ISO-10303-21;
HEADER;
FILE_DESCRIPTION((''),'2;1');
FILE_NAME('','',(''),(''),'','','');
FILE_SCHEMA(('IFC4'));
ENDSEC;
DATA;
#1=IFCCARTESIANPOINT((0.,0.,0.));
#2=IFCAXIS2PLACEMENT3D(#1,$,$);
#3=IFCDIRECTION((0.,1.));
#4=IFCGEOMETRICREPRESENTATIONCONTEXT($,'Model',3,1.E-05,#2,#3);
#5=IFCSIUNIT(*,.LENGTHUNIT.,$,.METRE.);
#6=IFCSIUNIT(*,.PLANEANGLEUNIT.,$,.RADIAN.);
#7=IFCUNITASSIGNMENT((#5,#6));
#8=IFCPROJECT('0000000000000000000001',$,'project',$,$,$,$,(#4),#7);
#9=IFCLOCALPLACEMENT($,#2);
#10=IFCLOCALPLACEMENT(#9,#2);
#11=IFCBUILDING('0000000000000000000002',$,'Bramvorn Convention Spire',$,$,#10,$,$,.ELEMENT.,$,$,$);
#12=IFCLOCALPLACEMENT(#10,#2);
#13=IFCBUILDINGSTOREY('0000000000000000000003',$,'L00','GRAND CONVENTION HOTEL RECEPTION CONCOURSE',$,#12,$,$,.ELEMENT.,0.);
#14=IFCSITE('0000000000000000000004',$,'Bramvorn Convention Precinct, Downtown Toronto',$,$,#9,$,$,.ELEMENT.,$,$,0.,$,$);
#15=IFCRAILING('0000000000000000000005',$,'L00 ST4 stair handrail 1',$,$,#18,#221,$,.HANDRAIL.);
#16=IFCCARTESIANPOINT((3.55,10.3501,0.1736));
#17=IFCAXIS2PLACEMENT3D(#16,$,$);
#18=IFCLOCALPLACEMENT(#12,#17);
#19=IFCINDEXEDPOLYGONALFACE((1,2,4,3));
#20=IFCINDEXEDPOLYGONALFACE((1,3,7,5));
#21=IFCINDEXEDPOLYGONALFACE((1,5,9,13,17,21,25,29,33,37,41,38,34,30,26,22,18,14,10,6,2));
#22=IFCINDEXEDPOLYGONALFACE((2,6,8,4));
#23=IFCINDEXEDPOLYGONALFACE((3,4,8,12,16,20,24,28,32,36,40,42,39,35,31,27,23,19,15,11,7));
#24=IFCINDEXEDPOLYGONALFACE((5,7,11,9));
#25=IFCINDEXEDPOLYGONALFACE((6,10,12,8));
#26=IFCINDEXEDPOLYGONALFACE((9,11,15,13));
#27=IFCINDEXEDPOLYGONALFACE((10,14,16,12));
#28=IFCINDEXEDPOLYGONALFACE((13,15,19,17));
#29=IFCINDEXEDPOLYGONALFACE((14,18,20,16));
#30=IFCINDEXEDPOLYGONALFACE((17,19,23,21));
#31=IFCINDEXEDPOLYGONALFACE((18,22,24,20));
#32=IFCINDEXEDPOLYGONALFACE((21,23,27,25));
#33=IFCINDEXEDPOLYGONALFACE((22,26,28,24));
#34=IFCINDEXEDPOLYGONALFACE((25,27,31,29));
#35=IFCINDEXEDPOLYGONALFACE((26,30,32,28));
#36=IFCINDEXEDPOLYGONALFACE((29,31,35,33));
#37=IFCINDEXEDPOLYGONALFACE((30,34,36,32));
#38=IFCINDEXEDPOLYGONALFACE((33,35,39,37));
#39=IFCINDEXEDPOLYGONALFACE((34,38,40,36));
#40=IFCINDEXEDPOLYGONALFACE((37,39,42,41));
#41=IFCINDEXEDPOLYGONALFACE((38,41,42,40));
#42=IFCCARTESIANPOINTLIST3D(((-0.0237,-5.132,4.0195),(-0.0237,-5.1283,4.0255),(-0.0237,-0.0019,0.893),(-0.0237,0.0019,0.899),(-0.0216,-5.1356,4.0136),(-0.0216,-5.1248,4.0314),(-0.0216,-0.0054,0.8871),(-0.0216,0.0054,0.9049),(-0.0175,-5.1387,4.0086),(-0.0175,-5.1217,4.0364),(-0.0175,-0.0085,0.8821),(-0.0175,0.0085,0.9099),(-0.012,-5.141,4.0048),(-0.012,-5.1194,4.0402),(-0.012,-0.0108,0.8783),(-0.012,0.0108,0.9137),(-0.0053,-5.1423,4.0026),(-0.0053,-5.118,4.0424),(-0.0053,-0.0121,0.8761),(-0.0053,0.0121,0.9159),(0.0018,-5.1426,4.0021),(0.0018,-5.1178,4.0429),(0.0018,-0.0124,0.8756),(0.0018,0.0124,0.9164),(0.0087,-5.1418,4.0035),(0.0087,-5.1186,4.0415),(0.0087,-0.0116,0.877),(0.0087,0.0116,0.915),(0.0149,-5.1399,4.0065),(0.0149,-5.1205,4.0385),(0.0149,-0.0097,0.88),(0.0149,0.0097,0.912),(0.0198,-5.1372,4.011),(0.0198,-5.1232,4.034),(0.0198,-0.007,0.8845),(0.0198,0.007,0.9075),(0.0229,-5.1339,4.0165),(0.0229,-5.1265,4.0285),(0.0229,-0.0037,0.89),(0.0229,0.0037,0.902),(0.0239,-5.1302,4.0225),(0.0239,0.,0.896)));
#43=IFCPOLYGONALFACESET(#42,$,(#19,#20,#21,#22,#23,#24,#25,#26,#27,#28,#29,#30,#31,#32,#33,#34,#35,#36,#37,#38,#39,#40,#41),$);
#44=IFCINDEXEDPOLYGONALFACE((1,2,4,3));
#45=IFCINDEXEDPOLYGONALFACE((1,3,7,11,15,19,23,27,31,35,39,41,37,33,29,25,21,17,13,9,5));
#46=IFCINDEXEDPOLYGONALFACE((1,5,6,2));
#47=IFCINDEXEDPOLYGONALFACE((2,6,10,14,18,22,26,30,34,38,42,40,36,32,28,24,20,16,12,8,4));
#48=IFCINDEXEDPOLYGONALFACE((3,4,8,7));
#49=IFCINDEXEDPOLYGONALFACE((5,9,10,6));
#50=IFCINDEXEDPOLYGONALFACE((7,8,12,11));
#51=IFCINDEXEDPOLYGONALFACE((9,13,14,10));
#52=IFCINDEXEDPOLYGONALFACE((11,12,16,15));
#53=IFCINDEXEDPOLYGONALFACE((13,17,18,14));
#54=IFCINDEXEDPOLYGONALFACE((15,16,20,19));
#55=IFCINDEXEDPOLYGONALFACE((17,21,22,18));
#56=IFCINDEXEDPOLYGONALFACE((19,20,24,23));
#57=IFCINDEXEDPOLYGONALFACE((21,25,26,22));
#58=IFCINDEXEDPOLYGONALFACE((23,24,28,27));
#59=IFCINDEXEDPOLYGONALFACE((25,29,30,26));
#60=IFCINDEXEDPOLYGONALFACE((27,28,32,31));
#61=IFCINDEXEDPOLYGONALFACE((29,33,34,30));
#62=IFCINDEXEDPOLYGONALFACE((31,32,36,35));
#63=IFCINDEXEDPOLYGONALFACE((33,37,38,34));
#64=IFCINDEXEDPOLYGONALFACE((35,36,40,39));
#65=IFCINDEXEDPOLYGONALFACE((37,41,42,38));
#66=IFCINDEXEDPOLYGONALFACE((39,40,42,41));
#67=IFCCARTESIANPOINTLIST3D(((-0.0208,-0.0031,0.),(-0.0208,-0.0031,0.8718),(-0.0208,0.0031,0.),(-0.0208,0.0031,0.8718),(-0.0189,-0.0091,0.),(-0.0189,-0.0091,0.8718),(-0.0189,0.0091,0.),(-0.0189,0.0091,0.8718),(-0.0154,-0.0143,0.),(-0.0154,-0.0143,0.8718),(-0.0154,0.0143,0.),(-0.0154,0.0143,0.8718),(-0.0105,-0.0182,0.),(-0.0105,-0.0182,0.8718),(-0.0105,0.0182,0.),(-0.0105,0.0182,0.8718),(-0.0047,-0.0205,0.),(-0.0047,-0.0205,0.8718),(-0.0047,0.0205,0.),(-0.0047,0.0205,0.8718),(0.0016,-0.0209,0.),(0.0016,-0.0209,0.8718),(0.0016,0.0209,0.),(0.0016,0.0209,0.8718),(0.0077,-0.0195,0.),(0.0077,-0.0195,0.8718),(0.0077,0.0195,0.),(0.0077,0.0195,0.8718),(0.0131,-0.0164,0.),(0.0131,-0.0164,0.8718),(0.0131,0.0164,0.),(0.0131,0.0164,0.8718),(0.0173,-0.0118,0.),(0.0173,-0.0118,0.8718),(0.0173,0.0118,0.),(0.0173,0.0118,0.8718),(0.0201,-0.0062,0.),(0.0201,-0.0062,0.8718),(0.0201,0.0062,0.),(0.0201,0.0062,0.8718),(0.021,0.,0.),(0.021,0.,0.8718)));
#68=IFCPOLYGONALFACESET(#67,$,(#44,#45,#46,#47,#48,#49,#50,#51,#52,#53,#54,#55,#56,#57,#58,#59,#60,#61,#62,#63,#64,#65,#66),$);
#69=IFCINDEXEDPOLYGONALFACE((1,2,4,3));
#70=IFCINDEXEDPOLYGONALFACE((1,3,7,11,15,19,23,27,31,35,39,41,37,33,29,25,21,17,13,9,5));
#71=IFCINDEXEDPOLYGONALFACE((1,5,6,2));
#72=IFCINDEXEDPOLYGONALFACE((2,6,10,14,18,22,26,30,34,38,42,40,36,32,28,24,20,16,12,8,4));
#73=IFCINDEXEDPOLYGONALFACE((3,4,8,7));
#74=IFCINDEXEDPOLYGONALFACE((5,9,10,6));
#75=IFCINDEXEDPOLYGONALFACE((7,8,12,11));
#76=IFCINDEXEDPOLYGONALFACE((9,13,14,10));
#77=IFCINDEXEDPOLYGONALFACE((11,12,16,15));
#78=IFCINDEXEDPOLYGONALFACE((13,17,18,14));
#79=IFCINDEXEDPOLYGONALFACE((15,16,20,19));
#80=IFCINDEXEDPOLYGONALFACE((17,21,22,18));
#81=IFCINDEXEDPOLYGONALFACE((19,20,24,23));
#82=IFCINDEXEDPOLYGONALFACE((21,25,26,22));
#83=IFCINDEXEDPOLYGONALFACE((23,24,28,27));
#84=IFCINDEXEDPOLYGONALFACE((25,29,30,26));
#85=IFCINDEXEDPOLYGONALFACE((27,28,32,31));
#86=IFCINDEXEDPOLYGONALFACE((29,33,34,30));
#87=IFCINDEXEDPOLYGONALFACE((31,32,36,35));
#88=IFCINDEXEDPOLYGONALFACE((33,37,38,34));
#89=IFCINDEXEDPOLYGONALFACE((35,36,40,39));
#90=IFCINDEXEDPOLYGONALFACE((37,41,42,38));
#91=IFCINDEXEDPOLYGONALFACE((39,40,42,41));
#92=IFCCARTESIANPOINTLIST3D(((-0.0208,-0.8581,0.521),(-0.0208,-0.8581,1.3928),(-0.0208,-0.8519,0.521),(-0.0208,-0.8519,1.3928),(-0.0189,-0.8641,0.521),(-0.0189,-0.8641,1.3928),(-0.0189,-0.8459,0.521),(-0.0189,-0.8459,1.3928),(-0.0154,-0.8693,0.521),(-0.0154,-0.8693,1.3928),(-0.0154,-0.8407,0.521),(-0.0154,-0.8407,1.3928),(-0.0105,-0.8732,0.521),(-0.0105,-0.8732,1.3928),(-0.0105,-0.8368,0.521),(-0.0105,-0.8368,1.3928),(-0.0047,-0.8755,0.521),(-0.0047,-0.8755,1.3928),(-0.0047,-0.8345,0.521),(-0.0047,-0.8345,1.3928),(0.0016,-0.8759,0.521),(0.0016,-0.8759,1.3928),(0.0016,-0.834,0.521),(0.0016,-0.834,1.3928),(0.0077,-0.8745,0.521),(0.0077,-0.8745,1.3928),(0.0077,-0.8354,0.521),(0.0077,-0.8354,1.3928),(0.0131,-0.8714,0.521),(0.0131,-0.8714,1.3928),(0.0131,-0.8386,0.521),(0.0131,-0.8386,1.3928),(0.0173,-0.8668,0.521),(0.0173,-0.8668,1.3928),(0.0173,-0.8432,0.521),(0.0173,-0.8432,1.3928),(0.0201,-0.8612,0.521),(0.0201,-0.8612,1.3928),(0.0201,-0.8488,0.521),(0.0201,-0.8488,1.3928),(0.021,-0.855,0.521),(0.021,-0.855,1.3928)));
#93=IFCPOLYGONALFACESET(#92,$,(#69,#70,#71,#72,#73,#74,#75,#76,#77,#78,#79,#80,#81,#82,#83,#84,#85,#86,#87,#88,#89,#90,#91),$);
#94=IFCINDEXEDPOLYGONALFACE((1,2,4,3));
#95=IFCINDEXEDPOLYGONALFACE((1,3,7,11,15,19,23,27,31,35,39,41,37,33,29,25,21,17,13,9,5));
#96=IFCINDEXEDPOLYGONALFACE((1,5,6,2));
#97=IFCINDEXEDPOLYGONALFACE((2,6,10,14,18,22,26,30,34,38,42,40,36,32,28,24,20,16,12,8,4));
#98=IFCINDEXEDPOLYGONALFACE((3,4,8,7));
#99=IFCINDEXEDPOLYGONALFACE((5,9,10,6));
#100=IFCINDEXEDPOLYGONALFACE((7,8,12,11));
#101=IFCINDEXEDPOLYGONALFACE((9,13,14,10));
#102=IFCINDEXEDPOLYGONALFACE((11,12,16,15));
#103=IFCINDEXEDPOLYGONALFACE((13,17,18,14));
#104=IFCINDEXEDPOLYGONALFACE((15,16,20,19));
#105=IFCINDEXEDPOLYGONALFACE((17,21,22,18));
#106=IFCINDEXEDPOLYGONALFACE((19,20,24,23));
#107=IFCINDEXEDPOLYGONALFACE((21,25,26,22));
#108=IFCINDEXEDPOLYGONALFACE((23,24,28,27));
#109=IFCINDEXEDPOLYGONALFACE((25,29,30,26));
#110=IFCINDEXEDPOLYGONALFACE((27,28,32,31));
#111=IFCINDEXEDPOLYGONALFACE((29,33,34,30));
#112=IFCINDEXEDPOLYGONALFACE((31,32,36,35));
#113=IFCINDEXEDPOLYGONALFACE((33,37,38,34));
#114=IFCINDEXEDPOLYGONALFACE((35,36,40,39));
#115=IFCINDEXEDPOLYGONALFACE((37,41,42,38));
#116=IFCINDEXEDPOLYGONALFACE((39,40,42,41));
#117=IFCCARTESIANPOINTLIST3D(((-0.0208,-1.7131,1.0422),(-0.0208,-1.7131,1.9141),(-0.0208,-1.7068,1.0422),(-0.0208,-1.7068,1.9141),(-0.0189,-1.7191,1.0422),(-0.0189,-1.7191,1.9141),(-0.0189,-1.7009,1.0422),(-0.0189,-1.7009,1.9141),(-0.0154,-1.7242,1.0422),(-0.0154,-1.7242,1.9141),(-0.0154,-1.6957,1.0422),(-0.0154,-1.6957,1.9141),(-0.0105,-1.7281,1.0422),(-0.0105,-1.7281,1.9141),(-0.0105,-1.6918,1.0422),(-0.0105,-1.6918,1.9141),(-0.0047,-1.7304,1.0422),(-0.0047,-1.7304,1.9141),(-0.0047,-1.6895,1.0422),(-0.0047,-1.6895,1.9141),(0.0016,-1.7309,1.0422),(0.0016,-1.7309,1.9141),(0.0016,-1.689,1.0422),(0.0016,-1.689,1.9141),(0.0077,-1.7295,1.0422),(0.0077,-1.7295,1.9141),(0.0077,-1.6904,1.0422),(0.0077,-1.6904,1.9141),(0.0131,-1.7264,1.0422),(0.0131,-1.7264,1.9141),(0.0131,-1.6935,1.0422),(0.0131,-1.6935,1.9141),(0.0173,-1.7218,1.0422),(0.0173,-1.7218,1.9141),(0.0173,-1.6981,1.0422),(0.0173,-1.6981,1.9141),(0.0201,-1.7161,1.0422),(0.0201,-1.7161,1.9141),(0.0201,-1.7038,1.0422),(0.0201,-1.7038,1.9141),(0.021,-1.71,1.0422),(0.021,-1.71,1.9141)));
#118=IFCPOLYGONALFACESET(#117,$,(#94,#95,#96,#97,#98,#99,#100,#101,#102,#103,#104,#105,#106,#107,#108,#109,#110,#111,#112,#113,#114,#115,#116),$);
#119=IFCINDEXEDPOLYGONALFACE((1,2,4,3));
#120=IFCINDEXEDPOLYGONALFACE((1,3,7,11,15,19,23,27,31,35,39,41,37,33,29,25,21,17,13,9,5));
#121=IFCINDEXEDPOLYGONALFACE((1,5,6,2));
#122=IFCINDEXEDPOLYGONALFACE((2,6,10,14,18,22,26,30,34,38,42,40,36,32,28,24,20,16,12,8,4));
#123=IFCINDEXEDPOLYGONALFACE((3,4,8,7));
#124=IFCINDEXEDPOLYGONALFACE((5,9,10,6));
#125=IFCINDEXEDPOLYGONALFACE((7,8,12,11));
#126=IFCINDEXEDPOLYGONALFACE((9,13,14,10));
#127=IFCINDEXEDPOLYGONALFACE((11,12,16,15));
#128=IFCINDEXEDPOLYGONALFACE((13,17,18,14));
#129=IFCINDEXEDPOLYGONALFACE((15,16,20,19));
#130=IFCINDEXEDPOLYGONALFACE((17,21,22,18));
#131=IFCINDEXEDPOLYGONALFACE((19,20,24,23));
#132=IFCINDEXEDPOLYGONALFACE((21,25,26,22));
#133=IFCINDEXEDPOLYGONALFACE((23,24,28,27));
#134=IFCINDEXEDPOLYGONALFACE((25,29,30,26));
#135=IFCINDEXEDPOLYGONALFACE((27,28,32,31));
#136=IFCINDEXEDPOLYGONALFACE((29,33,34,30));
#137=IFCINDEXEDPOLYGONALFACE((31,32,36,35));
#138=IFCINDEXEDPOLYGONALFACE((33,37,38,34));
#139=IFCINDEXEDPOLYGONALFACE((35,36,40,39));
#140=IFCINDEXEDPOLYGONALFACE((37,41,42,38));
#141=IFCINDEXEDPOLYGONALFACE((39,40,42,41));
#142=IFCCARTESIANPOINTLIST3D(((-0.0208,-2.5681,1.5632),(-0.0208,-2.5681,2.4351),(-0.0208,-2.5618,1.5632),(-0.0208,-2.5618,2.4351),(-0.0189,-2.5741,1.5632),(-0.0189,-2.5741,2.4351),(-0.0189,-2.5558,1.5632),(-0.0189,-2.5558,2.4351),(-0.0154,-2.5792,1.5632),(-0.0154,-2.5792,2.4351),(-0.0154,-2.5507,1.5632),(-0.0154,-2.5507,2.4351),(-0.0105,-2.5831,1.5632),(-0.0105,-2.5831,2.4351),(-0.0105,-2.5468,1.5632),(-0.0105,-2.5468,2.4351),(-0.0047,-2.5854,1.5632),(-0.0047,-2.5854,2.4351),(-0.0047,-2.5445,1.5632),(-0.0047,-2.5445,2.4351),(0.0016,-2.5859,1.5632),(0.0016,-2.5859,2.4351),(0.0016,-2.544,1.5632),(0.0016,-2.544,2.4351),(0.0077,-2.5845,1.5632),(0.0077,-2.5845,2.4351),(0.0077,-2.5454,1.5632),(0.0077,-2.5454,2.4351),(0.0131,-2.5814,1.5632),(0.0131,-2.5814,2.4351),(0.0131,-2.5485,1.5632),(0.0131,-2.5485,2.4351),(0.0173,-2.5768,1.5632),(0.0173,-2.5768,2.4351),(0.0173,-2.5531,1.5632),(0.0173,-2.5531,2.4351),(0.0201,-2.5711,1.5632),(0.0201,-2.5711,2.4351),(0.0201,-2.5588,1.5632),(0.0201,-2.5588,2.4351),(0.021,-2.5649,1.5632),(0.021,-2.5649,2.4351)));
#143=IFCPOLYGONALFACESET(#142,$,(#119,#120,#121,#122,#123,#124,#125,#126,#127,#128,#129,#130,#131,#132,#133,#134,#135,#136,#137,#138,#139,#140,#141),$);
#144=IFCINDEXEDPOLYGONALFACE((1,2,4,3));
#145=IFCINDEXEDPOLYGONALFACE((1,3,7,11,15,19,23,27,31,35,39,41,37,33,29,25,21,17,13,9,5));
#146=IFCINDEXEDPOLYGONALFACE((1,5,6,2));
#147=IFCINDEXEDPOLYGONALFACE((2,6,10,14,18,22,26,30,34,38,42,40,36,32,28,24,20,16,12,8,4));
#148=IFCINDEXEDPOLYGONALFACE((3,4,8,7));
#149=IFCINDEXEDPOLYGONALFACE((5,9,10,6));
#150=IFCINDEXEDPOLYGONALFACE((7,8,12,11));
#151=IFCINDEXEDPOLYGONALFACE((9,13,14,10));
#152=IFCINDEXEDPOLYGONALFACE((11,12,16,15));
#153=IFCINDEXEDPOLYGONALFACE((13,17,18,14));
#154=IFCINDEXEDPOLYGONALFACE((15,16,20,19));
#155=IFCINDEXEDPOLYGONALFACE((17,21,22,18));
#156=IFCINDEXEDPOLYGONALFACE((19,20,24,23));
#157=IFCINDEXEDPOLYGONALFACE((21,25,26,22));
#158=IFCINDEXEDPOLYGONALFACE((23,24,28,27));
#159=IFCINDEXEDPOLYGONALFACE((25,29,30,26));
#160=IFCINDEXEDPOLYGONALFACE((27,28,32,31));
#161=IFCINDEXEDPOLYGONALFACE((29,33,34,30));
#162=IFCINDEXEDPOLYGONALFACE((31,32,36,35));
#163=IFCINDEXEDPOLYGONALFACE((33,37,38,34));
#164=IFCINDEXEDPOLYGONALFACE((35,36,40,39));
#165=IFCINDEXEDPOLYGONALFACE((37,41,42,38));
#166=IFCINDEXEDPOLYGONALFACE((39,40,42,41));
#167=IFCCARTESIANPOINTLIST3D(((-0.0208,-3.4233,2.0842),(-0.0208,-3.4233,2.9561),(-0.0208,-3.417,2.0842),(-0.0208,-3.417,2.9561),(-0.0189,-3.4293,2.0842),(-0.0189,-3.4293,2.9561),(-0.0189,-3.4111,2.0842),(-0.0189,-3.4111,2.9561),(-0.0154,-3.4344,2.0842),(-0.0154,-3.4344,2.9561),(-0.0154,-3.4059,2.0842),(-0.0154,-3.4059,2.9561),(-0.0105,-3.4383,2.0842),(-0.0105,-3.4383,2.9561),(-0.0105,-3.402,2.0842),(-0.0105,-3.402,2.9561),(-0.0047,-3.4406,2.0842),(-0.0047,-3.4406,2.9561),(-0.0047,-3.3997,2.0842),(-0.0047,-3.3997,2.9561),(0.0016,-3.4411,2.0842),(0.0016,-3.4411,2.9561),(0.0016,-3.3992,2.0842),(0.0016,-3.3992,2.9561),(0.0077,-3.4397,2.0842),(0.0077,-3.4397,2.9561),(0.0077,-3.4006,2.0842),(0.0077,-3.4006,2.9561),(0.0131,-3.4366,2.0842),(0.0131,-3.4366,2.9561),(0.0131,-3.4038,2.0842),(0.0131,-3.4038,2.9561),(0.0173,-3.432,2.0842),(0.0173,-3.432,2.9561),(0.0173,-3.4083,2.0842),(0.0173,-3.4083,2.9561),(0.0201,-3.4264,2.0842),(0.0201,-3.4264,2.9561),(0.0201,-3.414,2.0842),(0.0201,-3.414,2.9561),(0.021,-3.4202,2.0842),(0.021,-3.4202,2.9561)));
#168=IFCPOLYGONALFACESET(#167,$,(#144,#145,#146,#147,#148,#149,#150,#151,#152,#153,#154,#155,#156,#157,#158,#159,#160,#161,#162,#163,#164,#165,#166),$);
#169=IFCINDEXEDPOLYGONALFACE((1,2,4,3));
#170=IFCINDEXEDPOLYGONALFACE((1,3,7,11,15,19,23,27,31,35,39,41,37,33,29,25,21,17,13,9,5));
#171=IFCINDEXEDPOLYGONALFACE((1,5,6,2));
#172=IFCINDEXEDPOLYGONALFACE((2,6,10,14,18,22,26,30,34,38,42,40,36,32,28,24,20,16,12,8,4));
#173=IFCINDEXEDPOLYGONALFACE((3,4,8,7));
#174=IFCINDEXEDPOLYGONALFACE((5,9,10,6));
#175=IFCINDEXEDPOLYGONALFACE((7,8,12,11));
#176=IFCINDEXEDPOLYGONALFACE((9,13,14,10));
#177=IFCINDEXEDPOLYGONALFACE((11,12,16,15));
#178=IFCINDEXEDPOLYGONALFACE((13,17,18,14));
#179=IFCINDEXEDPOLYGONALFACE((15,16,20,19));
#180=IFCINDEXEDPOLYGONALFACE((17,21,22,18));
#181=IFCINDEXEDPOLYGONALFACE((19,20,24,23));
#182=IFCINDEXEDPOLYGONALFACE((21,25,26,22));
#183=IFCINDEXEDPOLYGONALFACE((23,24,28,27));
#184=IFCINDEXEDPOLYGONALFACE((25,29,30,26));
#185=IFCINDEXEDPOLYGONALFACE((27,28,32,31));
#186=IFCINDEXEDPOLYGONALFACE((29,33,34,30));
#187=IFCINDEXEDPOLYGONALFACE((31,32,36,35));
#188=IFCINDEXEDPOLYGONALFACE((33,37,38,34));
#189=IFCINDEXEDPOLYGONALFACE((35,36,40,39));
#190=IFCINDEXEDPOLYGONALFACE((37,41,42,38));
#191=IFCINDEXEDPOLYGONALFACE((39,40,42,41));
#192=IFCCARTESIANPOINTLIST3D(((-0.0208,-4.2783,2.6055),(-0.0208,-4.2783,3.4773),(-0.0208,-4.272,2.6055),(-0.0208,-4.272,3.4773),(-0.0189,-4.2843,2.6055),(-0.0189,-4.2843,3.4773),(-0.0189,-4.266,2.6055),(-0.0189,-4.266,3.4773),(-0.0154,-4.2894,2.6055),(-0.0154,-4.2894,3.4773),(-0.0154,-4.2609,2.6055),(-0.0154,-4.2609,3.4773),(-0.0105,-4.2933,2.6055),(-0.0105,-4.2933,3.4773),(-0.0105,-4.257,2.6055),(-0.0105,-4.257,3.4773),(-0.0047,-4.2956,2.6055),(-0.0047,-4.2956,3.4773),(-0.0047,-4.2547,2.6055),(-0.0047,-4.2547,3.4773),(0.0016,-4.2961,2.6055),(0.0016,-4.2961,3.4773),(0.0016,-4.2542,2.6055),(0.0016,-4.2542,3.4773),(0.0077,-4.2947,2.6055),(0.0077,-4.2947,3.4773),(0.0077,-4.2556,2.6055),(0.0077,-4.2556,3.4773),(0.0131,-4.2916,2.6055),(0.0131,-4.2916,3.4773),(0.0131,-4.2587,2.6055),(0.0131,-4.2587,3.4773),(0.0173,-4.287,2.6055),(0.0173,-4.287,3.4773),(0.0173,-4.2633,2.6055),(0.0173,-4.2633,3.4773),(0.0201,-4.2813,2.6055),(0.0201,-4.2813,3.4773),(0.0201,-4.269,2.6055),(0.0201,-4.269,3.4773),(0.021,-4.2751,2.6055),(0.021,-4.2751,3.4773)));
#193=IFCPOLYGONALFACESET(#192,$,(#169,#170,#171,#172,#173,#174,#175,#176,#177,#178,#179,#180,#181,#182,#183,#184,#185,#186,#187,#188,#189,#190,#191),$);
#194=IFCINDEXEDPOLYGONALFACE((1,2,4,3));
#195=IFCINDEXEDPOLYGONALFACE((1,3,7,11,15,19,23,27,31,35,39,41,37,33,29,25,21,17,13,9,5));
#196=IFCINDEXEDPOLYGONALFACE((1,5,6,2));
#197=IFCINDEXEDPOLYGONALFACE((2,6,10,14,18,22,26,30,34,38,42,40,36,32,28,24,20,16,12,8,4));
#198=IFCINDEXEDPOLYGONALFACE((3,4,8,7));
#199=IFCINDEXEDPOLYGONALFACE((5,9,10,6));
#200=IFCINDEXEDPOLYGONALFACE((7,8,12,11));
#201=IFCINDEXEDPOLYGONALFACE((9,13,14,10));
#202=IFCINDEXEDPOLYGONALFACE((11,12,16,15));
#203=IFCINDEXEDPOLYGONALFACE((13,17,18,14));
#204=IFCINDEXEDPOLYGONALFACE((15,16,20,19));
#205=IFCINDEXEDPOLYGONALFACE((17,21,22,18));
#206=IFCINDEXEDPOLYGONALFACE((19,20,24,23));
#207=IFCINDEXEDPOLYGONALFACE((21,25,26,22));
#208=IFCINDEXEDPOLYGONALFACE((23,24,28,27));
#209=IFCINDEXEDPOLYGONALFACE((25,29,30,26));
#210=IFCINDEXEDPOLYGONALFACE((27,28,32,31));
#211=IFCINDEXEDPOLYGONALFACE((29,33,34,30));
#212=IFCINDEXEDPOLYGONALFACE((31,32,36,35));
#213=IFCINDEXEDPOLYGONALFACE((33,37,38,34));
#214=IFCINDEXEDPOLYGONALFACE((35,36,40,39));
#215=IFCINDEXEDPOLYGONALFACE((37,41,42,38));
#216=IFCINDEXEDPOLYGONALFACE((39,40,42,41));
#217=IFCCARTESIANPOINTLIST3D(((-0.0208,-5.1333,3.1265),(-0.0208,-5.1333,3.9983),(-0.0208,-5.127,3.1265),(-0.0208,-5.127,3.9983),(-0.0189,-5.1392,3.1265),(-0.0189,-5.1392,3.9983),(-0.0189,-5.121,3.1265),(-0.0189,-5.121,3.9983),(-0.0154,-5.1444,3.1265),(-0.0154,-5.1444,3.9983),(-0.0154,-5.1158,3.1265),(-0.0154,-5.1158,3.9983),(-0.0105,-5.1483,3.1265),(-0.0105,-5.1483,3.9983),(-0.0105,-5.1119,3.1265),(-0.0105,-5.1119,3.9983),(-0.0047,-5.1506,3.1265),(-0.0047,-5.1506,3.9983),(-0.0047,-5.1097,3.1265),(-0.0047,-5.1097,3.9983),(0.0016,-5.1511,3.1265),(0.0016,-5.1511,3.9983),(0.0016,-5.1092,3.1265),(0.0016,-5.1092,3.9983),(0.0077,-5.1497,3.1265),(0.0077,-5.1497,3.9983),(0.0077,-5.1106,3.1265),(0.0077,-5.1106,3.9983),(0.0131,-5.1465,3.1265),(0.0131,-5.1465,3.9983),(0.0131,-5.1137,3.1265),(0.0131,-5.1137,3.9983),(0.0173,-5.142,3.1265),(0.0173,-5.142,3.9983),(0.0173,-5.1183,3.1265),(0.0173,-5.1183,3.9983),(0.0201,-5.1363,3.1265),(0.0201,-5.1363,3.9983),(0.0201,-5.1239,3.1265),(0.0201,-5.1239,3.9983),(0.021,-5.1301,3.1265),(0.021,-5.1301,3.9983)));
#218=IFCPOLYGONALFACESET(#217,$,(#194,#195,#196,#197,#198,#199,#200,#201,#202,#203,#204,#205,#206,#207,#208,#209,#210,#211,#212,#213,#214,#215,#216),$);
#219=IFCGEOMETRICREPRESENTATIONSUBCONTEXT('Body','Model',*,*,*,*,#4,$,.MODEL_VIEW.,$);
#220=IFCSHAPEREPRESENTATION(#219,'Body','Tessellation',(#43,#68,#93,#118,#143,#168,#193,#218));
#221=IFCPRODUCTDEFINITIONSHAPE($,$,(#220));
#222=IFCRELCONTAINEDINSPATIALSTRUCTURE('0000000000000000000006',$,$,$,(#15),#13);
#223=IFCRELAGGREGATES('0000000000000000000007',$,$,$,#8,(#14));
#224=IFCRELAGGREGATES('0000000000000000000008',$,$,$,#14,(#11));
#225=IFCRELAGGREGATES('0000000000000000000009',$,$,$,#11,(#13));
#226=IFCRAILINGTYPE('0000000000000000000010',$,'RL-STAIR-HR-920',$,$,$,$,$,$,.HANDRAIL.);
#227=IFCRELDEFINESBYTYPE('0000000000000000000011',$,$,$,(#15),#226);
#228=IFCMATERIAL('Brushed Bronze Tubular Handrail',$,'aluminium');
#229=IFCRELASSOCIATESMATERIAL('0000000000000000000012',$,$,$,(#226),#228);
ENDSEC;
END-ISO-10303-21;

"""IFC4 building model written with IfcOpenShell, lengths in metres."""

from ifc_helpers import new_model, si_unit, direction, frame, origin, origin_2d, place, context, subcontext, project, spatial, circle, extrude, material, type_object, element, save


model = new_model("IFC4")

# Units and contexts
model_context = context("Model", 3, precision=1e-05, world=origin(), true_north=direction((0.0, 1.0)))
body_context = subcontext(model_context, "Body", "Model", "MODEL_VIEW")
ifc_project = project(units=[si_unit("LENGTHUNIT", "METRE"), si_unit("PLANEANGLEUNIT", "RADIAN")], contexts=[model_context])

# Site, building, storey
site_placement = place(None, origin())
site = spatial("IfcSite", under=ifc_project, at=site_placement, Name="Bramvorn Convention Precinct, Downtown Toronto", CompositionType="ELEMENT", RefElevation=0.0)
building_placement = place(site_placement, origin())
building = spatial("IfcBuilding", under=site, at=building_placement, Name="Bramvorn Convention Spire", CompositionType="ELEMENT")
storey_placement = place(building_placement, origin())
storey = spatial("IfcBuildingStorey", under=building, at=storey_placement, Name="L00", Description="GRAND CONVENTION HOTEL RECEPTION CONCOURSE", CompositionType="ELEMENT", Elevation=0.0)

# Railing
ifc_material_1 = material(Name="Brushed Bronze Tubular Handrail", Category="aluminium")
railing_type_1 = type_object("IfcRailingType", Name="RL-STAIR-HR-920", PredefinedType="HANDRAIL", material=ifc_material_1)
railing_1_placement = place(storey_placement, frame((3.55, 10.3501, 0.1736)))
element("IfcRailing", 1, at=railing_1_placement, inside=storey, type_object=railing_type_1, Name="L00 ST4 stair handrail 1", PredefinedType="HANDRAIL", context=body_context, shape_type="SweptSolid", body=[
    extrude(circle(Radius=0.0239, at=origin_2d()), frame((0.0, 0.0, 0.896), z_axis=(0.0, -0.853919, 0.520406), x_axis=(1.0, 0.0, 0.0)), (0.0, 0.0, 1.0), 6.0078),
    extrude(circle(Radius=0.021, at=origin_2d()), origin(), (0.0, 0.0, 1.0), 0.8718),
    extrude(circle(Radius=0.021, at=origin_2d()), frame((0.0, -0.855, 0.521)), (0.0, 0.0, 1.0), 0.8718),
    extrude(circle(Radius=0.021, at=origin_2d()), frame((0.0, -1.71, 1.0422)), (0.0, 0.0, 1.0), 0.8718),
    extrude(circle(Radius=0.021, at=origin_2d()), frame((0.0, -2.5649, 1.5632)), (0.0, 0.0, 1.0), 0.8718),
    extrude(circle(Radius=0.021, at=origin_2d()), frame((0.0, -3.4202, 2.0842)), (0.0, 0.0, 1.0), 0.8718),
    extrude(circle(Radius=0.021, at=origin_2d()), frame((0.0, -4.2751, 2.6055)), (0.0, 0.0, 1.0), 0.8718),
    extrude(circle(Radius=0.021, at=origin_2d()), frame((0.0, -5.1301, 3.1265)), (0.0, 0.0, 1.0), 0.8718),
])

save(model, "model.ifc")
